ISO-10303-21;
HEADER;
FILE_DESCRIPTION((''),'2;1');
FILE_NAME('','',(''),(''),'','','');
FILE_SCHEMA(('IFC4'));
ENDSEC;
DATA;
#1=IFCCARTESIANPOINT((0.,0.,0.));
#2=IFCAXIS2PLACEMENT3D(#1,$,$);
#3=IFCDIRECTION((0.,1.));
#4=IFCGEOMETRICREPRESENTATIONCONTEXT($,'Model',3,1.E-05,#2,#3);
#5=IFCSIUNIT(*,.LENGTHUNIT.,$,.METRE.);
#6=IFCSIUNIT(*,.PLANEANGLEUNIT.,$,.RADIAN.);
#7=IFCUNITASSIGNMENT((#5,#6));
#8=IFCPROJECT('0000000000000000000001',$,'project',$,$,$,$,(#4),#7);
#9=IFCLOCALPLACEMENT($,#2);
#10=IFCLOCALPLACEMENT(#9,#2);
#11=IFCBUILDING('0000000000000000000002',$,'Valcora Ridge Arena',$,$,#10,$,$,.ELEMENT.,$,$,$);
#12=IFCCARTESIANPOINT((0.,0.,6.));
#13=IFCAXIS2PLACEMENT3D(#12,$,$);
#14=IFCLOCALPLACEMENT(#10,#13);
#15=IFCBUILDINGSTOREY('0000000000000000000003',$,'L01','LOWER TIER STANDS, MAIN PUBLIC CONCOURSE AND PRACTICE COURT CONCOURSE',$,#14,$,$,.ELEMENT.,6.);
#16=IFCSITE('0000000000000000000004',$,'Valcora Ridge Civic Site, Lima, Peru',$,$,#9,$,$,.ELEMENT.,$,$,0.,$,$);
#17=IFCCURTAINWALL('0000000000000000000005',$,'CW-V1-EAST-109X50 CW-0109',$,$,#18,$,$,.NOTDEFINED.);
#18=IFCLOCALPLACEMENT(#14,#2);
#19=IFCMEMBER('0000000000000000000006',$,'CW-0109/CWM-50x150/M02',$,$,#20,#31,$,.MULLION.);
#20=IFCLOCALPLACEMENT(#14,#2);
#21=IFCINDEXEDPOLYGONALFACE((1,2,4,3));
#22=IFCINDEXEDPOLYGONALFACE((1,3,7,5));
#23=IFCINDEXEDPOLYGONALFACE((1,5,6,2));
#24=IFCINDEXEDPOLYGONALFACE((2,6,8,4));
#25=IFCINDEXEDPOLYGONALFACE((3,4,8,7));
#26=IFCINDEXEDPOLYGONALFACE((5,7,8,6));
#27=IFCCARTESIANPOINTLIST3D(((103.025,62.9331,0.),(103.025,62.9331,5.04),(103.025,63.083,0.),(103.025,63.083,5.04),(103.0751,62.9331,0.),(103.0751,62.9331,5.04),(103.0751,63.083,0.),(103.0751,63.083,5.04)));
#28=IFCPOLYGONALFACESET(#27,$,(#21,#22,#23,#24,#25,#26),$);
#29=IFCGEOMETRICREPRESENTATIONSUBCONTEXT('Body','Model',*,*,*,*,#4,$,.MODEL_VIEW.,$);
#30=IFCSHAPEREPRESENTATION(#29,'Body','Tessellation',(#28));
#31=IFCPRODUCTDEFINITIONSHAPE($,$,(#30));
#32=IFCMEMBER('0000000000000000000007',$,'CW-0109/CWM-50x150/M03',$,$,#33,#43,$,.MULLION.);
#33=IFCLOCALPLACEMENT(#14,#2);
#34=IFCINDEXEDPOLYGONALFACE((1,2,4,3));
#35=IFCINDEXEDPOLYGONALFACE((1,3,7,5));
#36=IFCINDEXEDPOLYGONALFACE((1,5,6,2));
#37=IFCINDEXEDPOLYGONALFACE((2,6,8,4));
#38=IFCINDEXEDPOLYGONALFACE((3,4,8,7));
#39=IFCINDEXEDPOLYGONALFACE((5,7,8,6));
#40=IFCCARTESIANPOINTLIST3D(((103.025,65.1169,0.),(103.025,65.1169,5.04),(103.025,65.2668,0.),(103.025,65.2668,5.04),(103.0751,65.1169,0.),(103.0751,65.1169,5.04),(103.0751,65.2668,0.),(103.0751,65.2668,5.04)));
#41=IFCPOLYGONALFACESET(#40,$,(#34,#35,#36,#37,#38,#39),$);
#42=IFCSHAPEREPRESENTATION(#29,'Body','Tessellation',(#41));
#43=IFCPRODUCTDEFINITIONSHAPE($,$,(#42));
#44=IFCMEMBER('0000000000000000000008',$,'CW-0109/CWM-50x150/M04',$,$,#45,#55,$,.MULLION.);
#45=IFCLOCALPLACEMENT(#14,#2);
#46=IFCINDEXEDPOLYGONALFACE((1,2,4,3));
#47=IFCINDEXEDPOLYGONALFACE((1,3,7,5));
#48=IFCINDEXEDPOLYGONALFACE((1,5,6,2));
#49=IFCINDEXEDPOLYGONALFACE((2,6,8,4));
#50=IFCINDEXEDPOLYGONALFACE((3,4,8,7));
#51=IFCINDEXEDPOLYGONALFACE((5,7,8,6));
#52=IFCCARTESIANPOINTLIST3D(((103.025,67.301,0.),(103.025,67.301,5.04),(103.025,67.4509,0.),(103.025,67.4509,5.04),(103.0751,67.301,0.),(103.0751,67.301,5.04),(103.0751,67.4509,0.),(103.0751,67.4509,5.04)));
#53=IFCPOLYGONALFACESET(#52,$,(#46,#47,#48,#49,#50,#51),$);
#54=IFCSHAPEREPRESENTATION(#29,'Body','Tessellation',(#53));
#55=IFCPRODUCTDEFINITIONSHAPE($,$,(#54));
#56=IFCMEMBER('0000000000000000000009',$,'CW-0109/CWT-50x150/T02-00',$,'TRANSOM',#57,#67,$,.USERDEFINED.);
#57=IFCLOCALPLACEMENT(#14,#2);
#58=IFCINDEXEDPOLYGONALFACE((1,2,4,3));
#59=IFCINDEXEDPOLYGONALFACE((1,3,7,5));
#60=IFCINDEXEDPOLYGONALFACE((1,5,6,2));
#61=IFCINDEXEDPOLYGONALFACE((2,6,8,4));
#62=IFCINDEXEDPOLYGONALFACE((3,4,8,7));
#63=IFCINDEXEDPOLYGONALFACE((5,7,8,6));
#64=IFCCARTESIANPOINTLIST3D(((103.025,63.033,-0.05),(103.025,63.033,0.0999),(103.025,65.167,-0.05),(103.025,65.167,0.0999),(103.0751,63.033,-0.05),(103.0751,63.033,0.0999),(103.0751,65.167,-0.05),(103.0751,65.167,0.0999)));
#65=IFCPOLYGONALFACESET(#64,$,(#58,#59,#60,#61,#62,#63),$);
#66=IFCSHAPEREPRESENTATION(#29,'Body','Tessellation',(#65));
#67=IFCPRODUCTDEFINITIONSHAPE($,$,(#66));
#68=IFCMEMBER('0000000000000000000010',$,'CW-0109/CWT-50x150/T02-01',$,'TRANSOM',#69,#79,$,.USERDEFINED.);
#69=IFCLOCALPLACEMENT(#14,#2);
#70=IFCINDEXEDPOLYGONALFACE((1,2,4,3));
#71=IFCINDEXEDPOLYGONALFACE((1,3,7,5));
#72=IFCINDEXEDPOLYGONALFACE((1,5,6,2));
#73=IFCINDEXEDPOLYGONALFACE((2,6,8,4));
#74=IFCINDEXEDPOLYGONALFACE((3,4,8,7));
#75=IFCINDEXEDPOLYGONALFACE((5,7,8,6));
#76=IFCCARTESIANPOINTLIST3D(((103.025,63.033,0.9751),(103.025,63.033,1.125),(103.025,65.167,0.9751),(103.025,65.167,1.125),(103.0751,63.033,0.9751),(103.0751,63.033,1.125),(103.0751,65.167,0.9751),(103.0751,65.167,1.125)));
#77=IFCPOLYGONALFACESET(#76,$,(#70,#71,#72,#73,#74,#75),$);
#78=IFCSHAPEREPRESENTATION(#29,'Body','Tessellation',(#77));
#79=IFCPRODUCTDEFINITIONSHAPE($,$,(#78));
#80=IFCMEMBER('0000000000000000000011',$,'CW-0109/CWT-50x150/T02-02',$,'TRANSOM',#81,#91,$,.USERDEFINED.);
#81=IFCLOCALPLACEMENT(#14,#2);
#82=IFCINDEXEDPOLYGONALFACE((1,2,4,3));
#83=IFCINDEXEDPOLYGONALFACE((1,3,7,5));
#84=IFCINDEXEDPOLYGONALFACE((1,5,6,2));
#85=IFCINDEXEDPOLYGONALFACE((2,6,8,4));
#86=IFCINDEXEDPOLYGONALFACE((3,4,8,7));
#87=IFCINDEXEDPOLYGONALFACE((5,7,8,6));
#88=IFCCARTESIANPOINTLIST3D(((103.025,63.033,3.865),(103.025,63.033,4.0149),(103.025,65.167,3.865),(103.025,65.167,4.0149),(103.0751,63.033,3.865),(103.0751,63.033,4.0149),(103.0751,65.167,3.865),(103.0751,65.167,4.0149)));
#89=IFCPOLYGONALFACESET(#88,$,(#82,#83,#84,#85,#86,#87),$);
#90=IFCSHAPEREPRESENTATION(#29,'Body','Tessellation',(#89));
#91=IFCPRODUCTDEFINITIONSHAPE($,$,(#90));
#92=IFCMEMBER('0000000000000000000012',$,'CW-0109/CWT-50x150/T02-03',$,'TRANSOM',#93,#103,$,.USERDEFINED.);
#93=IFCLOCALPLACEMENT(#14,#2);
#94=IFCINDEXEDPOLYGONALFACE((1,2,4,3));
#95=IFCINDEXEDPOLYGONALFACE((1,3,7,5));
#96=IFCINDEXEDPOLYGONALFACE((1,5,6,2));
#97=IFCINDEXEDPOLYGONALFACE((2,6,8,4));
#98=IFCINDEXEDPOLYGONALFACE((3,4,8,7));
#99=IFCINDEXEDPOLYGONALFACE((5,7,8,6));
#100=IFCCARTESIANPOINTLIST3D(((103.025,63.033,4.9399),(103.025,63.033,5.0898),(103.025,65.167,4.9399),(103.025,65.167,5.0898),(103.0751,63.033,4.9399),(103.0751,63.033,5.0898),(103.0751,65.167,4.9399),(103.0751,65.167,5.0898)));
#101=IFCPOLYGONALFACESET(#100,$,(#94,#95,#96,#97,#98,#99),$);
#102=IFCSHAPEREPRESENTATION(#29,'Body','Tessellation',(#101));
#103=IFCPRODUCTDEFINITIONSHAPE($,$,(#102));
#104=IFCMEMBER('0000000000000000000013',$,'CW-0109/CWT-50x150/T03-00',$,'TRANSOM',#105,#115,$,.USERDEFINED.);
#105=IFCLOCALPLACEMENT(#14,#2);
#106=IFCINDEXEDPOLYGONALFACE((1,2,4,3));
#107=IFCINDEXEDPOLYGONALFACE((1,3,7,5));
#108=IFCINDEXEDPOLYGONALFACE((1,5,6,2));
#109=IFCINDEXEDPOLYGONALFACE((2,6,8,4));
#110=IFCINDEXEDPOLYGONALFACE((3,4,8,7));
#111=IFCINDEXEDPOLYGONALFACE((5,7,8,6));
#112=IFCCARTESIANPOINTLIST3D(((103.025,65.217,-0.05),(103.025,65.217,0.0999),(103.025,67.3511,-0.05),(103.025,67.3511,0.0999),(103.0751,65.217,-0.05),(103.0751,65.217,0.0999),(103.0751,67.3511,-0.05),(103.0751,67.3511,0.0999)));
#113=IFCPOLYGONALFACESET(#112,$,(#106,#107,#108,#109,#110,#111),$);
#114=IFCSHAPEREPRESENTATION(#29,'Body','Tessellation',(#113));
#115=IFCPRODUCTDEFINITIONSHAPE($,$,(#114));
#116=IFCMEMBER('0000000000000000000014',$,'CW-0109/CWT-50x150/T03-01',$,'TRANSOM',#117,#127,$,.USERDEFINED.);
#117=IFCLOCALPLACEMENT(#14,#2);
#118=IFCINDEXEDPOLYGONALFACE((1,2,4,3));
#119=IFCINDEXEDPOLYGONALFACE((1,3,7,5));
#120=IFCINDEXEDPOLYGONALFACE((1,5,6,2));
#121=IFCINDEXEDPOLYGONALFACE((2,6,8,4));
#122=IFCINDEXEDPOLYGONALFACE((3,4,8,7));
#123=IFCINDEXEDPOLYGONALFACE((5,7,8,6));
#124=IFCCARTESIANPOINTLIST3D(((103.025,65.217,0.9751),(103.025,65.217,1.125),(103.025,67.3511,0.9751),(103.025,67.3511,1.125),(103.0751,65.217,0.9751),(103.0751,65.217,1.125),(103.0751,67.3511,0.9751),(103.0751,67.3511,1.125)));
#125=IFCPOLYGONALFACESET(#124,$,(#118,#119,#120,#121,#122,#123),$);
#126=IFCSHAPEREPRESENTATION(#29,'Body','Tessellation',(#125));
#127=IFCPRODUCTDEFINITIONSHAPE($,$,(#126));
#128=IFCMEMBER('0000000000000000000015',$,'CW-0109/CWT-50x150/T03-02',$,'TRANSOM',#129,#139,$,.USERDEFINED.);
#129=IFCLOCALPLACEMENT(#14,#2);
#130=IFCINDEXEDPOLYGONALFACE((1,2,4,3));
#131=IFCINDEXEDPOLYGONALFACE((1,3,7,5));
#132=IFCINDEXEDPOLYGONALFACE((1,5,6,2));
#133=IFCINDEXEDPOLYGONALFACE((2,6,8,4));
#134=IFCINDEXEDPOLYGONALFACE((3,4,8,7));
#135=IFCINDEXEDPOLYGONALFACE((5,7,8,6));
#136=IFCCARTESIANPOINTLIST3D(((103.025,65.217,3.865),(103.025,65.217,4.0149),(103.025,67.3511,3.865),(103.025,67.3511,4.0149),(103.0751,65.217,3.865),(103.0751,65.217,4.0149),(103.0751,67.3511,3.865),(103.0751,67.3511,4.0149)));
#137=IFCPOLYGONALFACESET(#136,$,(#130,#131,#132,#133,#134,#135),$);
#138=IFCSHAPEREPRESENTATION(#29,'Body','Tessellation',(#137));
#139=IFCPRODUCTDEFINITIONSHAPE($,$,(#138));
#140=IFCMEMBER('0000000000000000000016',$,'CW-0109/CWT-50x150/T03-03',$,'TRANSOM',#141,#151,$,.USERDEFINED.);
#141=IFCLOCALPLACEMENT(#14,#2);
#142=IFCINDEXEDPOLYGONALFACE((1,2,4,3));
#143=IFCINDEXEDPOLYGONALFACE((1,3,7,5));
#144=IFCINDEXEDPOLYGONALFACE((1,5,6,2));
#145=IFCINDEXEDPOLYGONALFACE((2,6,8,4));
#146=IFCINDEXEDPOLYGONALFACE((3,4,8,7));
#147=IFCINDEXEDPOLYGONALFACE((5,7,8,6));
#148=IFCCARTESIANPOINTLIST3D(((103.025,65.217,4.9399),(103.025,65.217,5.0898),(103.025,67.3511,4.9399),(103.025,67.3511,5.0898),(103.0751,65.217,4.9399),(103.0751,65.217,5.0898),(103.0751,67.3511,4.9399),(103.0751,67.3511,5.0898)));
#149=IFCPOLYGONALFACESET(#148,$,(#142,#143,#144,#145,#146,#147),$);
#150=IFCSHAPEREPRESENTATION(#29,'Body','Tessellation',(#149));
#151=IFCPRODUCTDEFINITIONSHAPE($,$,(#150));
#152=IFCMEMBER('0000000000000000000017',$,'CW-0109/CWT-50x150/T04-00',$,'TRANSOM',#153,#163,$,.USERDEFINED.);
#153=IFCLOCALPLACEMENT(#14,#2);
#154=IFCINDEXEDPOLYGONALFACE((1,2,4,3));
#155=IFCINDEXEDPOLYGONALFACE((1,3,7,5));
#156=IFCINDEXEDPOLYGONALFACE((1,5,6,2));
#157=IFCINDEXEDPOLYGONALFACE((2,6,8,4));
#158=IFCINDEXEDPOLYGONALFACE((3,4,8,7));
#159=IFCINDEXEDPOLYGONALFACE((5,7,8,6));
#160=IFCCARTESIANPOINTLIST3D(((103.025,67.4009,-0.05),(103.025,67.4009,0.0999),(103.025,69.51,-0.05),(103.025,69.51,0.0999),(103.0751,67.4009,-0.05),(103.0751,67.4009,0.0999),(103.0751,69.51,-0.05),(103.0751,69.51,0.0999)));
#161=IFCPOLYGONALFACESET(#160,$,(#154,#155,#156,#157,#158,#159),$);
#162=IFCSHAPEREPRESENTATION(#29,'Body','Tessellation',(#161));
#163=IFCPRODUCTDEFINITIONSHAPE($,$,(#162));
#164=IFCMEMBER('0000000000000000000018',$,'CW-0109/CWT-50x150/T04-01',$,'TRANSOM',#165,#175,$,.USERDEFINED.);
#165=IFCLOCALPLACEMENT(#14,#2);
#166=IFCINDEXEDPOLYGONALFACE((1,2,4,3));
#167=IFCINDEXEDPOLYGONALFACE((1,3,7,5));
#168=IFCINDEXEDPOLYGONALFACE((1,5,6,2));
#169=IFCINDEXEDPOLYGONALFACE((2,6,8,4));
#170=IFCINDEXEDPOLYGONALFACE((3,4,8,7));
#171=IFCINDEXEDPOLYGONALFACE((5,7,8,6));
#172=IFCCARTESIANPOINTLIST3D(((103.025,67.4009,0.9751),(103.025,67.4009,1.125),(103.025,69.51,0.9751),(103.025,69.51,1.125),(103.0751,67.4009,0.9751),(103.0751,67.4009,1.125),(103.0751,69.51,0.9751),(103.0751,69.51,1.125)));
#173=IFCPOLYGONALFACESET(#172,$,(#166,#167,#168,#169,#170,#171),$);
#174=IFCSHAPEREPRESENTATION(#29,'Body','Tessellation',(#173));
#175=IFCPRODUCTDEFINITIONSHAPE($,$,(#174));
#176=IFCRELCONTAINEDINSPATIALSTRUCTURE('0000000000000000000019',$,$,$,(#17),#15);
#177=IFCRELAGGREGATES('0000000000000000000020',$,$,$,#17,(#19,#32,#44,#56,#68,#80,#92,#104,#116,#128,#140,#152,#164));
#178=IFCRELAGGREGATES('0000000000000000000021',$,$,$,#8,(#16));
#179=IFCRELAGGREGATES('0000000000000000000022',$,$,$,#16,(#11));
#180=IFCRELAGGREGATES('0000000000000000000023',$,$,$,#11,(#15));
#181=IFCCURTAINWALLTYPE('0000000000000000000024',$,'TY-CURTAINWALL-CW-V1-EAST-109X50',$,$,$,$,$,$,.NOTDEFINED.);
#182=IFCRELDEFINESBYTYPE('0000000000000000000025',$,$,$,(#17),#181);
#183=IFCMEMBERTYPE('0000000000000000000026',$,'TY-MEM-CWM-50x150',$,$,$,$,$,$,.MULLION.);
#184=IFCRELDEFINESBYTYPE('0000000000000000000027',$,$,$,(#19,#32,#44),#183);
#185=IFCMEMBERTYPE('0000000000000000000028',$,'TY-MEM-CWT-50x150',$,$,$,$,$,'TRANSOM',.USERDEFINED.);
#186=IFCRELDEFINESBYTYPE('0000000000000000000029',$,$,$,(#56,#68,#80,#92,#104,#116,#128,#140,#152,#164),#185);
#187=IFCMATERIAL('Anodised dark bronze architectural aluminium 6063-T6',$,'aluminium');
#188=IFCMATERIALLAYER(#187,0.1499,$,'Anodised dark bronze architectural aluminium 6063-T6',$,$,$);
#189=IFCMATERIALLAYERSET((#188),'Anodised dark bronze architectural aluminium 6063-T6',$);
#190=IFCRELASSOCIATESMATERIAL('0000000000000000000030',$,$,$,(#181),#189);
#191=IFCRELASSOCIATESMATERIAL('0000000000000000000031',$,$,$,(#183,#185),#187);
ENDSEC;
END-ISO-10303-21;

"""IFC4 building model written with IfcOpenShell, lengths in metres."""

from ifc_helpers import new_model, si_unit, direction, frame, origin, origin_2d, place, context, subcontext, project, spatial, rectangle, extrude, material, layer, layer_set, material_profile, profile_set, type_object, element, aggregate, save


model = new_model("IFC4")

# Units and contexts
model_context = context("Model", 3, precision=1e-05, world=origin(), true_north=direction((0.0, 1.0)))
body_context = subcontext(model_context, "Body", "Model", "MODEL_VIEW")
ifc_project = project(units=[si_unit("LENGTHUNIT", "METRE"), si_unit("PLANEANGLEUNIT", "RADIAN")], contexts=[model_context])

# Site, building, storey
site_placement = place(None, origin())
site = spatial("IfcSite", under=ifc_project, at=site_placement, Name="Valcora Ridge Civic Site, Lima, Peru", CompositionType="ELEMENT", RefElevation=0.0)
building_placement = place(site_placement, origin())
building = spatial("IfcBuilding", under=site, at=building_placement, Name="Valcora Ridge Arena", CompositionType="ELEMENT")
storey_placement = place(building_placement, frame((0.0, 0.0, 6.0)))
storey = spatial("IfcBuildingStorey", under=building, at=storey_placement, Name="L01", Description="LOWER TIER STANDS, MAIN PUBLIC CONCOURSE AND PRACTICE COURT CONCOURSE", CompositionType="ELEMENT", Elevation=6.0)

# Curtain wall, members
ifc_material_1 = material(Name="Anodised dark bronze architectural aluminium 6063-T6", Category="aluminium")
ifc_layer_1 = layer(ifc_material_1, 0.1499, Name="Anodised dark bronze architectural aluminium 6063-T6")
ifc_layer_set_1 = layer_set([ifc_layer_1], Name="Anodised dark bronze architectural aluminium 6063-T6")
curtain_wall_type = type_object("IfcCurtainWallType", Name="TY-CURTAINWALL-CW-V1-EAST-109X50", PredefinedType="NOTDEFINED", material=ifc_layer_set_1)
curtain_wall_placement = place(storey_placement, origin())
curtain_wall = element("IfcCurtainWall", 1, at=curtain_wall_placement, inside=storey, type_object=curtain_wall_type, Name="CW-V1-EAST-109X50 CW-0109", PredefinedType="NOTDEFINED")
ifc_material_profile_1 = material_profile(ifc_material_1, rectangle(XDim=0.05, YDim=0.1499, at=origin_2d()), Name="ALU MULLION 50x150")
ifc_profile_set_1 = profile_set([ifc_material_profile_1], Name="Anodised dark bronze architectural aluminium 6063-T6")
member_type_1 = type_object("IfcMemberType", Name="TY-MEM-CWM-50x150", PredefinedType="MULLION", material=ifc_profile_set_1)
member_1_placement = place(storey_placement, frame((103.05, 63.0081, 0.0), z_axis=(0.0, 0.0, 1.0), x_axis=(-1.0, 0.0, 0.0)))
member_1 = element("IfcMember", 2, at=member_1_placement, type_object=member_type_1, Name="CW-0109/CWM-50x150/M02", PredefinedType="MULLION", context=body_context, shape_type="SweptSolid", body=[
    extrude(rectangle(XDim=0.05, YDim=0.1499, at=origin_2d()), origin(), (0.0, 0.0, 1.0), 5.04),
])
member_2_placement = place(storey_placement, frame((103.05, 65.1919, 0.0), z_axis=(0.0, 0.0, 1.0), x_axis=(-1.0, 0.0, 0.0)))
member_2 = element("IfcMember", 3, at=member_2_placement, type_object=member_type_1, Name="CW-0109/CWM-50x150/M03", PredefinedType="MULLION", context=body_context, shape_type="SweptSolid", body=[
    extrude(rectangle(XDim=0.05, YDim=0.1499, at=origin_2d()), origin(), (0.0, 0.0, 1.0), 5.04),
])
member_3_placement = place(storey_placement, frame((103.05, 67.376, 0.0), z_axis=(0.0, 0.0, 1.0), x_axis=(-1.0, 0.0, 0.0)))
member_3 = element("IfcMember", 4, at=member_3_placement, type_object=member_type_1, Name="CW-0109/CWM-50x150/M04", PredefinedType="MULLION", context=body_context, shape_type="SweptSolid", body=[
    extrude(rectangle(XDim=0.05, YDim=0.1499, at=origin_2d()), origin(), (0.0, 0.0, 1.0), 5.04),
])
ifc_material_profile_2 = material_profile(ifc_material_1, rectangle(XDim=0.05, YDim=0.1499, at=origin_2d()), Name="ALU TRANSOM 50x150")
ifc_profile_set_2 = profile_set([ifc_material_profile_2], Name="Anodised dark bronze architectural aluminium 6063-T6")
member_type_2 = type_object("IfcMemberType", Name="TY-MEM-CWT-50x150", ElementType="TRANSOM", PredefinedType="USERDEFINED", material=ifc_profile_set_2)
member_4_placement = place(storey_placement, frame((103.05, 63.033, 0.0249), z_axis=(0.0, 1.0, 0.0), x_axis=(-1.0, 0.0, 0.0)))
member_4 = element("IfcMember", 5, at=member_4_placement, type_object=member_type_2, Name="CW-0109/CWT-50x150/T02-00", ObjectType="TRANSOM", PredefinedType="USERDEFINED", context=body_context, shape_type="SweptSolid", body=[
    extrude(rectangle(XDim=0.05, YDim=0.1499, at=origin_2d()), origin(), (0.0, 0.0, 1.0), 2.134),
])
member_5_placement = place(storey_placement, frame((103.05, 63.033, 1.05), z_axis=(0.0, 1.0, 0.0), x_axis=(-1.0, 0.0, 0.0)))
member_5 = element("IfcMember", 6, at=member_5_placement, type_object=member_type_2, Name="CW-0109/CWT-50x150/T02-01", ObjectType="TRANSOM", PredefinedType="USERDEFINED", context=body_context, shape_type="SweptSolid", body=[
    extrude(rectangle(XDim=0.05, YDim=0.1499, at=origin_2d()), origin(), (0.0, 0.0, 1.0), 2.134),
])
member_6_placement = place(storey_placement, frame((103.05, 63.033, 3.9399), z_axis=(0.0, 1.0, 0.0), x_axis=(-1.0, 0.0, 0.0)))
member_6 = element("IfcMember", 7, at=member_6_placement, type_object=member_type_2, Name="CW-0109/CWT-50x150/T02-02", ObjectType="TRANSOM", PredefinedType="USERDEFINED", context=body_context, shape_type="SweptSolid", body=[
    extrude(rectangle(XDim=0.05, YDim=0.1499, at=origin_2d()), origin(), (0.0, 0.0, 1.0), 2.134),
])
member_7_placement = place(storey_placement, frame((103.05, 63.033, 5.0149), z_axis=(0.0, 1.0, 0.0), x_axis=(-1.0, 0.0, 0.0)))
member_7 = element("IfcMember", 8, at=member_7_placement, type_object=member_type_2, Name="CW-0109/CWT-50x150/T02-03", ObjectType="TRANSOM", PredefinedType="USERDEFINED", context=body_context, shape_type="SweptSolid", body=[
    extrude(rectangle(XDim=0.05, YDim=0.1499, at=origin_2d()), origin(), (0.0, 0.0, 1.0), 2.134),
])
member_8_placement = place(storey_placement, frame((103.05, 65.217, 0.0249), z_axis=(0.0, 1.0, 0.0), x_axis=(-1.0, 0.0, 0.0)))
member_8 = element("IfcMember", 9, at=member_8_placement, type_object=member_type_2, Name="CW-0109/CWT-50x150/T03-00", ObjectType="TRANSOM", PredefinedType="USERDEFINED", context=body_context, shape_type="SweptSolid", body=[
    extrude(rectangle(XDim=0.05, YDim=0.1499, at=origin_2d()), origin(), (0.0, 0.0, 1.0), 2.134),
])
member_9_placement = place(storey_placement, frame((103.05, 65.217, 1.05), z_axis=(0.0, 1.0, 0.0), x_axis=(-1.0, 0.0, 0.0)))
member_9 = element("IfcMember", 10, at=member_9_placement, type_object=member_type_2, Name="CW-0109/CWT-50x150/T03-01", ObjectType="TRANSOM", PredefinedType="USERDEFINED", context=body_context, shape_type="SweptSolid", body=[
    extrude(rectangle(XDim=0.05, YDim=0.1499, at=origin_2d()), origin(), (0.0, 0.0, 1.0), 2.134),
])
member_10_placement = place(storey_placement, frame((103.05, 65.217, 3.9399), z_axis=(0.0, 1.0, 0.0), x_axis=(-1.0, 0.0, 0.0)))
member_10 = element("IfcMember", 11, at=member_10_placement, type_object=member_type_2, Name="CW-0109/CWT-50x150/T03-02", ObjectType="TRANSOM", PredefinedType="USERDEFINED", context=body_context, shape_type="SweptSolid", body=[
    extrude(rectangle(XDim=0.05, YDim=0.1499, at=origin_2d()), origin(), (0.0, 0.0, 1.0), 2.134),
])
member_11_placement = place(storey_placement, frame((103.05, 65.217, 5.0149), z_axis=(0.0, 1.0, 0.0), x_axis=(-1.0, 0.0, 0.0)))
member_11 = element("IfcMember", 12, at=member_11_placement, type_object=member_type_2, Name="CW-0109/CWT-50x150/T03-03", ObjectType="TRANSOM", PredefinedType="USERDEFINED", context=body_context, shape_type="SweptSolid", body=[
    extrude(rectangle(XDim=0.05, YDim=0.1499, at=origin_2d()), origin(), (0.0, 0.0, 1.0), 2.134),
])
member_12_placement = place(storey_placement, frame((103.05, 67.4009, 0.0249), z_axis=(0.0, 1.0, 0.0), x_axis=(-1.0, 0.0, 0.0)))
member_12 = element("IfcMember", 13, at=member_12_placement, type_object=member_type_2, Name="CW-0109/CWT-50x150/T04-00", ObjectType="TRANSOM", PredefinedType="USERDEFINED", context=body_context, shape_type="SweptSolid", body=[
    extrude(rectangle(XDim=0.05, YDim=0.1499, at=origin_2d()), origin(), (0.0, 0.0, 1.0), 2.1091),
])
member_13_placement = place(storey_placement, frame((103.05, 67.4009, 1.05), z_axis=(0.0, 1.0, 0.0), x_axis=(-1.0, 0.0, 0.0)))
member_13 = element("IfcMember", 14, at=member_13_placement, type_object=member_type_2, Name="CW-0109/CWT-50x150/T04-01", ObjectType="TRANSOM", PredefinedType="USERDEFINED", context=body_context, shape_type="SweptSolid", body=[
    extrude(rectangle(XDim=0.05, YDim=0.1499, at=origin_2d()), origin(), (0.0, 0.0, 1.0), 2.1091),
])

aggregate(curtain_wall, [member_1, member_2, member_3, member_4, member_5, member_6, member_7, member_8, member_9, member_10, member_11, member_12, member_13])

save(model, "model.ifc")
